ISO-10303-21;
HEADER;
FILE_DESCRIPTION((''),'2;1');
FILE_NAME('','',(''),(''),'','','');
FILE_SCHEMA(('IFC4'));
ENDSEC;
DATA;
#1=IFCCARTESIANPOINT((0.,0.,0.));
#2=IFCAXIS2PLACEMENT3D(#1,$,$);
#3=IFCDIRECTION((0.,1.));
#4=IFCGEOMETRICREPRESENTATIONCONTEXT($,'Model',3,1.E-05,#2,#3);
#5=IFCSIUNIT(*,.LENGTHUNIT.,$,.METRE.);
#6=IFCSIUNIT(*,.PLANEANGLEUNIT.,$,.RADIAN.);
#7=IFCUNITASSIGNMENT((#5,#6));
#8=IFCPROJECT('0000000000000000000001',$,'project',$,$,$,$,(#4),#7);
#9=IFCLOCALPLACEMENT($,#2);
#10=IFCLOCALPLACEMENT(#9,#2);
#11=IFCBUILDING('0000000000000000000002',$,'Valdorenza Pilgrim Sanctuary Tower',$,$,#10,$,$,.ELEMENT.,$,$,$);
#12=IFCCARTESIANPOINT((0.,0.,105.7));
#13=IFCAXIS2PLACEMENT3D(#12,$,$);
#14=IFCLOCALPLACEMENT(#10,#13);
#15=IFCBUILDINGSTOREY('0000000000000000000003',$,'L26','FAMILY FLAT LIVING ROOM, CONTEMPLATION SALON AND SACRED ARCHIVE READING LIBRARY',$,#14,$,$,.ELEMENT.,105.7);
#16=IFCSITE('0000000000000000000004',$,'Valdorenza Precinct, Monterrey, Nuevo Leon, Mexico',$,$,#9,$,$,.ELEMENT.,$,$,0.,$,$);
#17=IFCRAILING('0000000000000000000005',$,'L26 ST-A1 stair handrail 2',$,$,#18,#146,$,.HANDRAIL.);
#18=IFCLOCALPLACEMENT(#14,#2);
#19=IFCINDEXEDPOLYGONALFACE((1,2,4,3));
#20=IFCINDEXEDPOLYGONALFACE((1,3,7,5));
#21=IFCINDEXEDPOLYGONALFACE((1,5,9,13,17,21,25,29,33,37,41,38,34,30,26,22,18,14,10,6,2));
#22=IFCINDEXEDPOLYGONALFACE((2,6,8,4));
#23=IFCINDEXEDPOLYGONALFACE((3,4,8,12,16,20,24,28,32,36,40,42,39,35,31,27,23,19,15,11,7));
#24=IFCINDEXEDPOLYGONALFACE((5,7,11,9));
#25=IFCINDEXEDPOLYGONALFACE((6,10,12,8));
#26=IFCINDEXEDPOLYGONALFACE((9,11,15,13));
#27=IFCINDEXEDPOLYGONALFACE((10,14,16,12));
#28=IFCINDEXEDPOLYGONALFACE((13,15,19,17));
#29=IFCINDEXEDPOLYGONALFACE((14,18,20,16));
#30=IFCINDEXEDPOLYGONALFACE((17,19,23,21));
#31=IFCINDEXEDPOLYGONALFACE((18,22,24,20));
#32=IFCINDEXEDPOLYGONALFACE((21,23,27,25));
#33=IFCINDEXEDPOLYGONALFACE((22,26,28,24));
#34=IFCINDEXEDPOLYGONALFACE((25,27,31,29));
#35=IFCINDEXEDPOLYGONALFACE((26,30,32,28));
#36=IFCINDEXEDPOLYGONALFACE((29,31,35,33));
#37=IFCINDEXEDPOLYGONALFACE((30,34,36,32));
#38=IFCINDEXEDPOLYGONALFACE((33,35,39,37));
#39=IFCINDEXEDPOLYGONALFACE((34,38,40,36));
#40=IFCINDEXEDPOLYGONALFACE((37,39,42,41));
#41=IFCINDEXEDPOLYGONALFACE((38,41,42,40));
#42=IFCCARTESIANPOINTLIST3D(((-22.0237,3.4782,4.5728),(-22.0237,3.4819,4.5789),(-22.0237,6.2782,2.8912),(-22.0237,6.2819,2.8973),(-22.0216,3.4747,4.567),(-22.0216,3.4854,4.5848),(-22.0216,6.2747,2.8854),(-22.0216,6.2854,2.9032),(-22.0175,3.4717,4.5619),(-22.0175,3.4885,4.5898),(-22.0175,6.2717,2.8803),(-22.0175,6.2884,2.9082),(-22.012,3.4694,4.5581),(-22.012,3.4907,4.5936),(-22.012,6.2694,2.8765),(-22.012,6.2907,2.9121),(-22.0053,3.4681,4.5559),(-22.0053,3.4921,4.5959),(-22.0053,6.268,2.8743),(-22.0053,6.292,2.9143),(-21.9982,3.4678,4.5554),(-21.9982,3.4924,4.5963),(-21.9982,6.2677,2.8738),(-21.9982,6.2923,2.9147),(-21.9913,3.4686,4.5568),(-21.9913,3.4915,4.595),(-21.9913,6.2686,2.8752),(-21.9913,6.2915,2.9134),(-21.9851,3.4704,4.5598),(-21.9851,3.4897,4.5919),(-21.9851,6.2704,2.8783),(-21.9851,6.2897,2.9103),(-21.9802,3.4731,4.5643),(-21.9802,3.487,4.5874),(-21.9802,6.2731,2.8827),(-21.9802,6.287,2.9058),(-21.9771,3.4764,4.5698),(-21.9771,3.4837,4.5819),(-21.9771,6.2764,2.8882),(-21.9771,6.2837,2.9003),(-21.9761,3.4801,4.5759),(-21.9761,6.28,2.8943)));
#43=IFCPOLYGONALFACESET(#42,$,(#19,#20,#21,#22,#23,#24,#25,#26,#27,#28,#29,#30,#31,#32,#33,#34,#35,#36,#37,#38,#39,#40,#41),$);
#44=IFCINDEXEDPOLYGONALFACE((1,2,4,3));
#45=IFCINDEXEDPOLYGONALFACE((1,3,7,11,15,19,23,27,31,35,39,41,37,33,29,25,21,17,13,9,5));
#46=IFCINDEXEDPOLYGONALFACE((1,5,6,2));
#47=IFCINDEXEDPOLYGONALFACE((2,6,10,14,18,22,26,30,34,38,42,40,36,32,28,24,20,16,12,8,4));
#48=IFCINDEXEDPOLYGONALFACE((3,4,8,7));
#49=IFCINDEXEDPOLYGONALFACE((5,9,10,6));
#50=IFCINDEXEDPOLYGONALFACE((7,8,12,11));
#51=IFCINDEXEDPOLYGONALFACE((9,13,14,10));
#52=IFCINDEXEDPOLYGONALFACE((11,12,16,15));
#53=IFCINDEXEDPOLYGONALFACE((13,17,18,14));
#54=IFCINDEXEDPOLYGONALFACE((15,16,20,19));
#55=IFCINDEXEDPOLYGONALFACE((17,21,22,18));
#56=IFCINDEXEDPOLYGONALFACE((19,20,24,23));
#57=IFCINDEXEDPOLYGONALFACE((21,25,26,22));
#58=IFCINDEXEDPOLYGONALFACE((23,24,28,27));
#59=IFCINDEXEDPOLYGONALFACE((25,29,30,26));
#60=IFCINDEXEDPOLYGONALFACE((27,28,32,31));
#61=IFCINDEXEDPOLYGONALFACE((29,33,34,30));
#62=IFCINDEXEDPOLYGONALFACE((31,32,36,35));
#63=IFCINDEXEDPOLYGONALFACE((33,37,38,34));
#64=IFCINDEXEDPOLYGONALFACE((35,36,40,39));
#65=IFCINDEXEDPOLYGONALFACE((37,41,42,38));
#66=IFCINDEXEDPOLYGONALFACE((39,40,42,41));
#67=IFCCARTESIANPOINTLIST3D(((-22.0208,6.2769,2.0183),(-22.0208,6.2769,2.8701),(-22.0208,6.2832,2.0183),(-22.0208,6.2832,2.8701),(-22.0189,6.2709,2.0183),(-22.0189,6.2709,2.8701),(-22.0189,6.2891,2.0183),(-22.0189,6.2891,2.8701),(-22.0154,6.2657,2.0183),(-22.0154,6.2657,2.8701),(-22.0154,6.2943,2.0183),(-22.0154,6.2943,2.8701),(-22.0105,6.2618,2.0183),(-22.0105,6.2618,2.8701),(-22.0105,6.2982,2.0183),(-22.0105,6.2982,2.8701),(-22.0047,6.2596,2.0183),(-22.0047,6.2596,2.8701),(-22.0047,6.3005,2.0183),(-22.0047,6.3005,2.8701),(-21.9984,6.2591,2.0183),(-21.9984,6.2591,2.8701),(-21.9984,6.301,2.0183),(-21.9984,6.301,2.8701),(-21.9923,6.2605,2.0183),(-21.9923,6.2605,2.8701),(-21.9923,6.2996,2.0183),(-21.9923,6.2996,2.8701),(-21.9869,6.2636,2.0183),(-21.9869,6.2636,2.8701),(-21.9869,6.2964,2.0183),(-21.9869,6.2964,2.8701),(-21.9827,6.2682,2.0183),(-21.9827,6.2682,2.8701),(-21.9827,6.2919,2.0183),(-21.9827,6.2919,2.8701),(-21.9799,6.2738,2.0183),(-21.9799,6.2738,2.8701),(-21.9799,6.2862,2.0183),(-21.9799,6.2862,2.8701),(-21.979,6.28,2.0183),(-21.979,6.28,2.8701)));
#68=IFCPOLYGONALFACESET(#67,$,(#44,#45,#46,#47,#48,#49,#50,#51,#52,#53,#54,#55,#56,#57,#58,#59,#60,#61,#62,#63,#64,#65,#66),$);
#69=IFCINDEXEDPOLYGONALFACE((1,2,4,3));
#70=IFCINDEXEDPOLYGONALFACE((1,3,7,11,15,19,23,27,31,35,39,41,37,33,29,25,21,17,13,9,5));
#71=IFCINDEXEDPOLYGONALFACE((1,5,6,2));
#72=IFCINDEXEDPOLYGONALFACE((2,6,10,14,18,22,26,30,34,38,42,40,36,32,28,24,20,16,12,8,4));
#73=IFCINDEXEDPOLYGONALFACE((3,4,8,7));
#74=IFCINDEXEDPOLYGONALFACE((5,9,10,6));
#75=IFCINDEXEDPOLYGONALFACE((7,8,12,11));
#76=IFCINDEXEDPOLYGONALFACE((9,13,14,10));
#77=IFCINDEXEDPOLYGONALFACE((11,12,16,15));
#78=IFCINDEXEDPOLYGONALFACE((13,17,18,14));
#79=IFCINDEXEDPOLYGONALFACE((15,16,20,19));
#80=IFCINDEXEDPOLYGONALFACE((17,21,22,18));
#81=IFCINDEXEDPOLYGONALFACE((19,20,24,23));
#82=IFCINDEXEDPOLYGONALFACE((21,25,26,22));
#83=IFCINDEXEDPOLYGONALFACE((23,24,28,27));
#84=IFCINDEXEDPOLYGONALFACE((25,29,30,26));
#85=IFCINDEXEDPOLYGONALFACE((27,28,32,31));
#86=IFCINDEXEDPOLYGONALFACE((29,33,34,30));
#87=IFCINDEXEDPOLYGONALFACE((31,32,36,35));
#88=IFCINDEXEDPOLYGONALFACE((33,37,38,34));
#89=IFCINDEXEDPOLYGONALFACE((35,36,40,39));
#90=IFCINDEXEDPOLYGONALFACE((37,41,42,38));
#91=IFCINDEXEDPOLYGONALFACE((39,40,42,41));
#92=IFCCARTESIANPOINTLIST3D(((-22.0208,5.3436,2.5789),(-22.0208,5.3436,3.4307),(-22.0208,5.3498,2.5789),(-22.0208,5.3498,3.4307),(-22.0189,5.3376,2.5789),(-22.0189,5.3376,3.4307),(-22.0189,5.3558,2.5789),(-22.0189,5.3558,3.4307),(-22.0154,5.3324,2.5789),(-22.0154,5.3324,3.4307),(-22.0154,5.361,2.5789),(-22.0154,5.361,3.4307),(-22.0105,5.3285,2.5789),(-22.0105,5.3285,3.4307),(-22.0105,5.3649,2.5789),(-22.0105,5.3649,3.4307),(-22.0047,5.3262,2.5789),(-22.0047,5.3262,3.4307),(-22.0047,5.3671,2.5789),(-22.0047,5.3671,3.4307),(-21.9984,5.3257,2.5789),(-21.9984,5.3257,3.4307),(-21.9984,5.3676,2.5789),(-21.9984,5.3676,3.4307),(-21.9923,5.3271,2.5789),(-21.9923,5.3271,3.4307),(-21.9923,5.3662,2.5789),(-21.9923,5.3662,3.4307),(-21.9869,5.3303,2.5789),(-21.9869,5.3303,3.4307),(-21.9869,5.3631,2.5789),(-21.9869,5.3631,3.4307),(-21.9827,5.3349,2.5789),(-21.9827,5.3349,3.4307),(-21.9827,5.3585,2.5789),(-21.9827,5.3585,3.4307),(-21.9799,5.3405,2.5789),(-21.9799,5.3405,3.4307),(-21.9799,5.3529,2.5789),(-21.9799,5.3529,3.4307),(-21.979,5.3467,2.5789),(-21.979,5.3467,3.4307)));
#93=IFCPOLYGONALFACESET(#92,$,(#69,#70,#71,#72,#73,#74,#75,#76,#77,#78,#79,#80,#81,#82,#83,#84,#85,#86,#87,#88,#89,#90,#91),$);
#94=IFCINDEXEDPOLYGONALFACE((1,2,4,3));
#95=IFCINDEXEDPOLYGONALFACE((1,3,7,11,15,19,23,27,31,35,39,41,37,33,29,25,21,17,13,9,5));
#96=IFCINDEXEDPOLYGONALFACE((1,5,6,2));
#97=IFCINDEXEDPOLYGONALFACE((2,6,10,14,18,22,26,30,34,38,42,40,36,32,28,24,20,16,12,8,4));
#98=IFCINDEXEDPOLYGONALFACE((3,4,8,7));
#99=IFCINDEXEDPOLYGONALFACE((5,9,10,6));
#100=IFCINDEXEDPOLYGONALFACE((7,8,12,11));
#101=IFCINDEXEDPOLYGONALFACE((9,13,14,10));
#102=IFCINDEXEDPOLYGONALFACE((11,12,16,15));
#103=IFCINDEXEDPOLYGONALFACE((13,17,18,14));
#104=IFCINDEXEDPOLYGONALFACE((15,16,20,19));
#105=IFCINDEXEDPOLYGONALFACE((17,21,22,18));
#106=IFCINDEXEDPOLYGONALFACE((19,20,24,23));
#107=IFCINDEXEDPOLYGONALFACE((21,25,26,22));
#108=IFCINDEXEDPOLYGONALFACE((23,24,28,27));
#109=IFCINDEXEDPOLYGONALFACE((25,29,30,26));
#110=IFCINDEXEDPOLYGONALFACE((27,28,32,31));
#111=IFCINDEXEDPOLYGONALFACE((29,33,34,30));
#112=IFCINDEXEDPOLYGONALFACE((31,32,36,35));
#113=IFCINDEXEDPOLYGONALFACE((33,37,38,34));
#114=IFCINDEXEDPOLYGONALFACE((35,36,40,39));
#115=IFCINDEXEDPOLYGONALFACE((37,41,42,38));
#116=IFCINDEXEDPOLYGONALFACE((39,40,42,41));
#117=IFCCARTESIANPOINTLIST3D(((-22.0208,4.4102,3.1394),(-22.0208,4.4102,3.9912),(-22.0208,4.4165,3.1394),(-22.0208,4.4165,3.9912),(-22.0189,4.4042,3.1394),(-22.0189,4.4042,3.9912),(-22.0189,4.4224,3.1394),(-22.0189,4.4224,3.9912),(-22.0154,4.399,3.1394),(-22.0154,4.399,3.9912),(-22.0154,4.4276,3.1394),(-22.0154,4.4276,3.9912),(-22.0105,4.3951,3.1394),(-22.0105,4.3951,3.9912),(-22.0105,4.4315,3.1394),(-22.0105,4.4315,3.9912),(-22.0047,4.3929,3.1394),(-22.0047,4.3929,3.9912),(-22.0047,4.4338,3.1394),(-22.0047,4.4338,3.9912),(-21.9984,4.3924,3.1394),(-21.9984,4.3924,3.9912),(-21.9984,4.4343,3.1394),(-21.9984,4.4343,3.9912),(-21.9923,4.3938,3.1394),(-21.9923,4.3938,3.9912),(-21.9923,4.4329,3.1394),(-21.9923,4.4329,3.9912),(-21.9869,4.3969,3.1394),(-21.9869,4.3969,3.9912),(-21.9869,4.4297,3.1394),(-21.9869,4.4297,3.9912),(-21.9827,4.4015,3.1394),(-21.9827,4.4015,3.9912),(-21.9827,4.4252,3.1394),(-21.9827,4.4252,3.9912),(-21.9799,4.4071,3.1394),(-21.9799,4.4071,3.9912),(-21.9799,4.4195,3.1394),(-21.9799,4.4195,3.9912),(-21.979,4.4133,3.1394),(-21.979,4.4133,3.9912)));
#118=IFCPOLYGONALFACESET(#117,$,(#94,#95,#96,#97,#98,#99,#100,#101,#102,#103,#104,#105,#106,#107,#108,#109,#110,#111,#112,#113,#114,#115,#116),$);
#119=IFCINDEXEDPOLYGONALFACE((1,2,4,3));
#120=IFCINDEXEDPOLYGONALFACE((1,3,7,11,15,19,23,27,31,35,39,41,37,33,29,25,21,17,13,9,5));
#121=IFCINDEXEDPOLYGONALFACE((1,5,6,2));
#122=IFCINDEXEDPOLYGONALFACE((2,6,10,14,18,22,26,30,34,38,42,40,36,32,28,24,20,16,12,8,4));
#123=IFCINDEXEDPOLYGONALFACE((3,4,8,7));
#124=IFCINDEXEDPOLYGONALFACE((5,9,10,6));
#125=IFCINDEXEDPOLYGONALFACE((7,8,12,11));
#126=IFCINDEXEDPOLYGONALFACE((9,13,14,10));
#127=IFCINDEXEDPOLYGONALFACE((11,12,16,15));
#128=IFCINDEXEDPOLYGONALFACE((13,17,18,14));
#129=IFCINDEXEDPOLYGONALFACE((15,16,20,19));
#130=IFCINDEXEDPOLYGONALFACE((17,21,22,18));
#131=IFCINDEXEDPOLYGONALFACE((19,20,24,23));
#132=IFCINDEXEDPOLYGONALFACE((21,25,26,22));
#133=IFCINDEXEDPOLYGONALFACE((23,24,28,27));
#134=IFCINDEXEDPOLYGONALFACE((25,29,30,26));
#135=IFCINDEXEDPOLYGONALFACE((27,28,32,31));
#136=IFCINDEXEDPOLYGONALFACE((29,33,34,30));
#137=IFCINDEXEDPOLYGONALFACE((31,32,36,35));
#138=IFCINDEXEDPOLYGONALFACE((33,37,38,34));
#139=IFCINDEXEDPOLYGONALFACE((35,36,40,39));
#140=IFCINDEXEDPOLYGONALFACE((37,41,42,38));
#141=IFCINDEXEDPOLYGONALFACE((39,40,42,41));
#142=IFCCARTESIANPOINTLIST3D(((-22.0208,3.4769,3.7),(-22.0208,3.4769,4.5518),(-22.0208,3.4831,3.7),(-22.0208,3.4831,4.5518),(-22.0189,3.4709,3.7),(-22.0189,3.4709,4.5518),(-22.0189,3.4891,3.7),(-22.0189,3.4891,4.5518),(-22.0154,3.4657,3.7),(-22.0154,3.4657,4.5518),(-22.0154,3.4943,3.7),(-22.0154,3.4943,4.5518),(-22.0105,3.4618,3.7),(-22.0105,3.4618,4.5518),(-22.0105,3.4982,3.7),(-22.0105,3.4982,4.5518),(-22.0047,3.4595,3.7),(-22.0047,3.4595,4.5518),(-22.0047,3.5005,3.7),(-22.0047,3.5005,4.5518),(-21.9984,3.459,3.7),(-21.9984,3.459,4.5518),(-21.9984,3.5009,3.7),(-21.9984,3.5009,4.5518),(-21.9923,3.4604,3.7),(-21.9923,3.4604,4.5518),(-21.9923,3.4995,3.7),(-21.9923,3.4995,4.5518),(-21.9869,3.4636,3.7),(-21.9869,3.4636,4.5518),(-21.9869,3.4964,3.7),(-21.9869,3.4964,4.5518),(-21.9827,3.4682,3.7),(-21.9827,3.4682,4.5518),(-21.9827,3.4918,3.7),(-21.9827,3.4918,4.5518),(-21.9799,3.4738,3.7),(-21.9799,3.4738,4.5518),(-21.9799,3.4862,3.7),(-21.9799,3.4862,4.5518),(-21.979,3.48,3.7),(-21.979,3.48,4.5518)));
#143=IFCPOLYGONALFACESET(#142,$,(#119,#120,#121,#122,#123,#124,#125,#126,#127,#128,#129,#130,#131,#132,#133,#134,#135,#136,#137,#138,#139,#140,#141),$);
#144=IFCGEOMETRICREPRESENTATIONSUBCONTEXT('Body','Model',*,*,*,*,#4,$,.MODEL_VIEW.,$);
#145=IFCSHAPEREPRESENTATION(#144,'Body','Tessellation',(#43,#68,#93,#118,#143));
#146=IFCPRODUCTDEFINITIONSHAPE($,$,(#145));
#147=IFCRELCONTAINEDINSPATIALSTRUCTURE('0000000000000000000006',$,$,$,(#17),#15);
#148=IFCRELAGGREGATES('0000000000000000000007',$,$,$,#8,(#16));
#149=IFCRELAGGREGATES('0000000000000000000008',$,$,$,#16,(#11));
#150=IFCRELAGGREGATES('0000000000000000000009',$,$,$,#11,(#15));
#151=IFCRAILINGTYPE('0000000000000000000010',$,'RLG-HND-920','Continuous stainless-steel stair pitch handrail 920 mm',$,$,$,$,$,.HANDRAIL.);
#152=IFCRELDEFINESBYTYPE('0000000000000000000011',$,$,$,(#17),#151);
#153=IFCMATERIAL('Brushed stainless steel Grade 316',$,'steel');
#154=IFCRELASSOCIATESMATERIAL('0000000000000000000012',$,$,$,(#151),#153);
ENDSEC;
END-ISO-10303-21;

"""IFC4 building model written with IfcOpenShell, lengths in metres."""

from ifc_helpers import new_model, si_unit, direction, frame, origin, origin_2d, place, context, subcontext, project, spatial, circle, extrude, material, type_object, element, save


model = new_model("IFC4")

# Units and contexts
model_context = context("Model", 3, precision=1e-05, world=origin(), true_north=direction((0.0, 1.0)))
body_context = subcontext(model_context, "Body", "Model", "MODEL_VIEW")
ifc_project = project(units=[si_unit("LENGTHUNIT", "METRE"), si_unit("PLANEANGLEUNIT", "RADIAN")], contexts=[model_context])

# Site, building, storey
site_placement = place(None, origin())
site = spatial("IfcSite", under=ifc_project, at=site_placement, Name="Valdorenza Precinct, Monterrey, Nuevo Leon, Mexico", CompositionType="ELEMENT", RefElevation=0.0)
building_placement = place(site_placement, origin())
building = spatial("IfcBuilding", under=site, at=building_placement, Name="Valdorenza Pilgrim Sanctuary Tower", CompositionType="ELEMENT")
storey_placement = place(building_placement, frame((0.0, 0.0, 105.7)))
storey = spatial("IfcBuildingStorey", under=building, at=storey_placement, Name="L26", Description="FAMILY FLAT LIVING ROOM, CONTEMPLATION SALON AND SACRED ARCHIVE READING LIBRARY", CompositionType="ELEMENT", Elevation=105.7)

# Shared definitions
ifc_material_1 = material(Name="Brushed stainless steel Grade 316", Category="steel")

# Railing
railing_type_1 = type_object("IfcRailingType", Name="RLG-HND-920", Description="Continuous stainless-steel stair pitch handrail 920 mm", PredefinedType="HANDRAIL", material=ifc_material_1)
railing_1_placement = place(storey_placement, frame((-22.0, 6.28, 2.0183)))
element("IfcRailing", 1, at=railing_1_placement, inside=storey, type_object=railing_type_1, Name="L26 ST-A1 stair handrail 2", PredefinedType="HANDRAIL", context=body_context, shape_type="SweptSolid", body=[
    extrude(circle(Radius=0.0239, at=origin_2d()), frame((0.0, 0.0, 0.876), z_axis=(0.0, -0.857275, 0.514858), x_axis=(1.0, 0.0, 0.0)), (0.0, 0.0, 1.0), 3.2661),
    extrude(circle(Radius=0.021, at=origin_2d()), origin(), (0.0, 0.0, 1.0), 0.8518),
    extrude(circle(Radius=0.021, at=origin_2d()), frame((0.0, -0.9333, 0.5605)), (0.0, 0.0, 1.0), 0.8518),
    extrude(circle(Radius=0.021, at=origin_2d()), frame((0.0, -1.8667, 1.1211)), (0.0, 0.0, 1.0), 0.8518),
    extrude(circle(Radius=0.021, at=origin_2d()), frame((0.0, -2.8, 1.6816)), (0.0, 0.0, 1.0), 0.8518),
])

save(model, "model.ifc")
